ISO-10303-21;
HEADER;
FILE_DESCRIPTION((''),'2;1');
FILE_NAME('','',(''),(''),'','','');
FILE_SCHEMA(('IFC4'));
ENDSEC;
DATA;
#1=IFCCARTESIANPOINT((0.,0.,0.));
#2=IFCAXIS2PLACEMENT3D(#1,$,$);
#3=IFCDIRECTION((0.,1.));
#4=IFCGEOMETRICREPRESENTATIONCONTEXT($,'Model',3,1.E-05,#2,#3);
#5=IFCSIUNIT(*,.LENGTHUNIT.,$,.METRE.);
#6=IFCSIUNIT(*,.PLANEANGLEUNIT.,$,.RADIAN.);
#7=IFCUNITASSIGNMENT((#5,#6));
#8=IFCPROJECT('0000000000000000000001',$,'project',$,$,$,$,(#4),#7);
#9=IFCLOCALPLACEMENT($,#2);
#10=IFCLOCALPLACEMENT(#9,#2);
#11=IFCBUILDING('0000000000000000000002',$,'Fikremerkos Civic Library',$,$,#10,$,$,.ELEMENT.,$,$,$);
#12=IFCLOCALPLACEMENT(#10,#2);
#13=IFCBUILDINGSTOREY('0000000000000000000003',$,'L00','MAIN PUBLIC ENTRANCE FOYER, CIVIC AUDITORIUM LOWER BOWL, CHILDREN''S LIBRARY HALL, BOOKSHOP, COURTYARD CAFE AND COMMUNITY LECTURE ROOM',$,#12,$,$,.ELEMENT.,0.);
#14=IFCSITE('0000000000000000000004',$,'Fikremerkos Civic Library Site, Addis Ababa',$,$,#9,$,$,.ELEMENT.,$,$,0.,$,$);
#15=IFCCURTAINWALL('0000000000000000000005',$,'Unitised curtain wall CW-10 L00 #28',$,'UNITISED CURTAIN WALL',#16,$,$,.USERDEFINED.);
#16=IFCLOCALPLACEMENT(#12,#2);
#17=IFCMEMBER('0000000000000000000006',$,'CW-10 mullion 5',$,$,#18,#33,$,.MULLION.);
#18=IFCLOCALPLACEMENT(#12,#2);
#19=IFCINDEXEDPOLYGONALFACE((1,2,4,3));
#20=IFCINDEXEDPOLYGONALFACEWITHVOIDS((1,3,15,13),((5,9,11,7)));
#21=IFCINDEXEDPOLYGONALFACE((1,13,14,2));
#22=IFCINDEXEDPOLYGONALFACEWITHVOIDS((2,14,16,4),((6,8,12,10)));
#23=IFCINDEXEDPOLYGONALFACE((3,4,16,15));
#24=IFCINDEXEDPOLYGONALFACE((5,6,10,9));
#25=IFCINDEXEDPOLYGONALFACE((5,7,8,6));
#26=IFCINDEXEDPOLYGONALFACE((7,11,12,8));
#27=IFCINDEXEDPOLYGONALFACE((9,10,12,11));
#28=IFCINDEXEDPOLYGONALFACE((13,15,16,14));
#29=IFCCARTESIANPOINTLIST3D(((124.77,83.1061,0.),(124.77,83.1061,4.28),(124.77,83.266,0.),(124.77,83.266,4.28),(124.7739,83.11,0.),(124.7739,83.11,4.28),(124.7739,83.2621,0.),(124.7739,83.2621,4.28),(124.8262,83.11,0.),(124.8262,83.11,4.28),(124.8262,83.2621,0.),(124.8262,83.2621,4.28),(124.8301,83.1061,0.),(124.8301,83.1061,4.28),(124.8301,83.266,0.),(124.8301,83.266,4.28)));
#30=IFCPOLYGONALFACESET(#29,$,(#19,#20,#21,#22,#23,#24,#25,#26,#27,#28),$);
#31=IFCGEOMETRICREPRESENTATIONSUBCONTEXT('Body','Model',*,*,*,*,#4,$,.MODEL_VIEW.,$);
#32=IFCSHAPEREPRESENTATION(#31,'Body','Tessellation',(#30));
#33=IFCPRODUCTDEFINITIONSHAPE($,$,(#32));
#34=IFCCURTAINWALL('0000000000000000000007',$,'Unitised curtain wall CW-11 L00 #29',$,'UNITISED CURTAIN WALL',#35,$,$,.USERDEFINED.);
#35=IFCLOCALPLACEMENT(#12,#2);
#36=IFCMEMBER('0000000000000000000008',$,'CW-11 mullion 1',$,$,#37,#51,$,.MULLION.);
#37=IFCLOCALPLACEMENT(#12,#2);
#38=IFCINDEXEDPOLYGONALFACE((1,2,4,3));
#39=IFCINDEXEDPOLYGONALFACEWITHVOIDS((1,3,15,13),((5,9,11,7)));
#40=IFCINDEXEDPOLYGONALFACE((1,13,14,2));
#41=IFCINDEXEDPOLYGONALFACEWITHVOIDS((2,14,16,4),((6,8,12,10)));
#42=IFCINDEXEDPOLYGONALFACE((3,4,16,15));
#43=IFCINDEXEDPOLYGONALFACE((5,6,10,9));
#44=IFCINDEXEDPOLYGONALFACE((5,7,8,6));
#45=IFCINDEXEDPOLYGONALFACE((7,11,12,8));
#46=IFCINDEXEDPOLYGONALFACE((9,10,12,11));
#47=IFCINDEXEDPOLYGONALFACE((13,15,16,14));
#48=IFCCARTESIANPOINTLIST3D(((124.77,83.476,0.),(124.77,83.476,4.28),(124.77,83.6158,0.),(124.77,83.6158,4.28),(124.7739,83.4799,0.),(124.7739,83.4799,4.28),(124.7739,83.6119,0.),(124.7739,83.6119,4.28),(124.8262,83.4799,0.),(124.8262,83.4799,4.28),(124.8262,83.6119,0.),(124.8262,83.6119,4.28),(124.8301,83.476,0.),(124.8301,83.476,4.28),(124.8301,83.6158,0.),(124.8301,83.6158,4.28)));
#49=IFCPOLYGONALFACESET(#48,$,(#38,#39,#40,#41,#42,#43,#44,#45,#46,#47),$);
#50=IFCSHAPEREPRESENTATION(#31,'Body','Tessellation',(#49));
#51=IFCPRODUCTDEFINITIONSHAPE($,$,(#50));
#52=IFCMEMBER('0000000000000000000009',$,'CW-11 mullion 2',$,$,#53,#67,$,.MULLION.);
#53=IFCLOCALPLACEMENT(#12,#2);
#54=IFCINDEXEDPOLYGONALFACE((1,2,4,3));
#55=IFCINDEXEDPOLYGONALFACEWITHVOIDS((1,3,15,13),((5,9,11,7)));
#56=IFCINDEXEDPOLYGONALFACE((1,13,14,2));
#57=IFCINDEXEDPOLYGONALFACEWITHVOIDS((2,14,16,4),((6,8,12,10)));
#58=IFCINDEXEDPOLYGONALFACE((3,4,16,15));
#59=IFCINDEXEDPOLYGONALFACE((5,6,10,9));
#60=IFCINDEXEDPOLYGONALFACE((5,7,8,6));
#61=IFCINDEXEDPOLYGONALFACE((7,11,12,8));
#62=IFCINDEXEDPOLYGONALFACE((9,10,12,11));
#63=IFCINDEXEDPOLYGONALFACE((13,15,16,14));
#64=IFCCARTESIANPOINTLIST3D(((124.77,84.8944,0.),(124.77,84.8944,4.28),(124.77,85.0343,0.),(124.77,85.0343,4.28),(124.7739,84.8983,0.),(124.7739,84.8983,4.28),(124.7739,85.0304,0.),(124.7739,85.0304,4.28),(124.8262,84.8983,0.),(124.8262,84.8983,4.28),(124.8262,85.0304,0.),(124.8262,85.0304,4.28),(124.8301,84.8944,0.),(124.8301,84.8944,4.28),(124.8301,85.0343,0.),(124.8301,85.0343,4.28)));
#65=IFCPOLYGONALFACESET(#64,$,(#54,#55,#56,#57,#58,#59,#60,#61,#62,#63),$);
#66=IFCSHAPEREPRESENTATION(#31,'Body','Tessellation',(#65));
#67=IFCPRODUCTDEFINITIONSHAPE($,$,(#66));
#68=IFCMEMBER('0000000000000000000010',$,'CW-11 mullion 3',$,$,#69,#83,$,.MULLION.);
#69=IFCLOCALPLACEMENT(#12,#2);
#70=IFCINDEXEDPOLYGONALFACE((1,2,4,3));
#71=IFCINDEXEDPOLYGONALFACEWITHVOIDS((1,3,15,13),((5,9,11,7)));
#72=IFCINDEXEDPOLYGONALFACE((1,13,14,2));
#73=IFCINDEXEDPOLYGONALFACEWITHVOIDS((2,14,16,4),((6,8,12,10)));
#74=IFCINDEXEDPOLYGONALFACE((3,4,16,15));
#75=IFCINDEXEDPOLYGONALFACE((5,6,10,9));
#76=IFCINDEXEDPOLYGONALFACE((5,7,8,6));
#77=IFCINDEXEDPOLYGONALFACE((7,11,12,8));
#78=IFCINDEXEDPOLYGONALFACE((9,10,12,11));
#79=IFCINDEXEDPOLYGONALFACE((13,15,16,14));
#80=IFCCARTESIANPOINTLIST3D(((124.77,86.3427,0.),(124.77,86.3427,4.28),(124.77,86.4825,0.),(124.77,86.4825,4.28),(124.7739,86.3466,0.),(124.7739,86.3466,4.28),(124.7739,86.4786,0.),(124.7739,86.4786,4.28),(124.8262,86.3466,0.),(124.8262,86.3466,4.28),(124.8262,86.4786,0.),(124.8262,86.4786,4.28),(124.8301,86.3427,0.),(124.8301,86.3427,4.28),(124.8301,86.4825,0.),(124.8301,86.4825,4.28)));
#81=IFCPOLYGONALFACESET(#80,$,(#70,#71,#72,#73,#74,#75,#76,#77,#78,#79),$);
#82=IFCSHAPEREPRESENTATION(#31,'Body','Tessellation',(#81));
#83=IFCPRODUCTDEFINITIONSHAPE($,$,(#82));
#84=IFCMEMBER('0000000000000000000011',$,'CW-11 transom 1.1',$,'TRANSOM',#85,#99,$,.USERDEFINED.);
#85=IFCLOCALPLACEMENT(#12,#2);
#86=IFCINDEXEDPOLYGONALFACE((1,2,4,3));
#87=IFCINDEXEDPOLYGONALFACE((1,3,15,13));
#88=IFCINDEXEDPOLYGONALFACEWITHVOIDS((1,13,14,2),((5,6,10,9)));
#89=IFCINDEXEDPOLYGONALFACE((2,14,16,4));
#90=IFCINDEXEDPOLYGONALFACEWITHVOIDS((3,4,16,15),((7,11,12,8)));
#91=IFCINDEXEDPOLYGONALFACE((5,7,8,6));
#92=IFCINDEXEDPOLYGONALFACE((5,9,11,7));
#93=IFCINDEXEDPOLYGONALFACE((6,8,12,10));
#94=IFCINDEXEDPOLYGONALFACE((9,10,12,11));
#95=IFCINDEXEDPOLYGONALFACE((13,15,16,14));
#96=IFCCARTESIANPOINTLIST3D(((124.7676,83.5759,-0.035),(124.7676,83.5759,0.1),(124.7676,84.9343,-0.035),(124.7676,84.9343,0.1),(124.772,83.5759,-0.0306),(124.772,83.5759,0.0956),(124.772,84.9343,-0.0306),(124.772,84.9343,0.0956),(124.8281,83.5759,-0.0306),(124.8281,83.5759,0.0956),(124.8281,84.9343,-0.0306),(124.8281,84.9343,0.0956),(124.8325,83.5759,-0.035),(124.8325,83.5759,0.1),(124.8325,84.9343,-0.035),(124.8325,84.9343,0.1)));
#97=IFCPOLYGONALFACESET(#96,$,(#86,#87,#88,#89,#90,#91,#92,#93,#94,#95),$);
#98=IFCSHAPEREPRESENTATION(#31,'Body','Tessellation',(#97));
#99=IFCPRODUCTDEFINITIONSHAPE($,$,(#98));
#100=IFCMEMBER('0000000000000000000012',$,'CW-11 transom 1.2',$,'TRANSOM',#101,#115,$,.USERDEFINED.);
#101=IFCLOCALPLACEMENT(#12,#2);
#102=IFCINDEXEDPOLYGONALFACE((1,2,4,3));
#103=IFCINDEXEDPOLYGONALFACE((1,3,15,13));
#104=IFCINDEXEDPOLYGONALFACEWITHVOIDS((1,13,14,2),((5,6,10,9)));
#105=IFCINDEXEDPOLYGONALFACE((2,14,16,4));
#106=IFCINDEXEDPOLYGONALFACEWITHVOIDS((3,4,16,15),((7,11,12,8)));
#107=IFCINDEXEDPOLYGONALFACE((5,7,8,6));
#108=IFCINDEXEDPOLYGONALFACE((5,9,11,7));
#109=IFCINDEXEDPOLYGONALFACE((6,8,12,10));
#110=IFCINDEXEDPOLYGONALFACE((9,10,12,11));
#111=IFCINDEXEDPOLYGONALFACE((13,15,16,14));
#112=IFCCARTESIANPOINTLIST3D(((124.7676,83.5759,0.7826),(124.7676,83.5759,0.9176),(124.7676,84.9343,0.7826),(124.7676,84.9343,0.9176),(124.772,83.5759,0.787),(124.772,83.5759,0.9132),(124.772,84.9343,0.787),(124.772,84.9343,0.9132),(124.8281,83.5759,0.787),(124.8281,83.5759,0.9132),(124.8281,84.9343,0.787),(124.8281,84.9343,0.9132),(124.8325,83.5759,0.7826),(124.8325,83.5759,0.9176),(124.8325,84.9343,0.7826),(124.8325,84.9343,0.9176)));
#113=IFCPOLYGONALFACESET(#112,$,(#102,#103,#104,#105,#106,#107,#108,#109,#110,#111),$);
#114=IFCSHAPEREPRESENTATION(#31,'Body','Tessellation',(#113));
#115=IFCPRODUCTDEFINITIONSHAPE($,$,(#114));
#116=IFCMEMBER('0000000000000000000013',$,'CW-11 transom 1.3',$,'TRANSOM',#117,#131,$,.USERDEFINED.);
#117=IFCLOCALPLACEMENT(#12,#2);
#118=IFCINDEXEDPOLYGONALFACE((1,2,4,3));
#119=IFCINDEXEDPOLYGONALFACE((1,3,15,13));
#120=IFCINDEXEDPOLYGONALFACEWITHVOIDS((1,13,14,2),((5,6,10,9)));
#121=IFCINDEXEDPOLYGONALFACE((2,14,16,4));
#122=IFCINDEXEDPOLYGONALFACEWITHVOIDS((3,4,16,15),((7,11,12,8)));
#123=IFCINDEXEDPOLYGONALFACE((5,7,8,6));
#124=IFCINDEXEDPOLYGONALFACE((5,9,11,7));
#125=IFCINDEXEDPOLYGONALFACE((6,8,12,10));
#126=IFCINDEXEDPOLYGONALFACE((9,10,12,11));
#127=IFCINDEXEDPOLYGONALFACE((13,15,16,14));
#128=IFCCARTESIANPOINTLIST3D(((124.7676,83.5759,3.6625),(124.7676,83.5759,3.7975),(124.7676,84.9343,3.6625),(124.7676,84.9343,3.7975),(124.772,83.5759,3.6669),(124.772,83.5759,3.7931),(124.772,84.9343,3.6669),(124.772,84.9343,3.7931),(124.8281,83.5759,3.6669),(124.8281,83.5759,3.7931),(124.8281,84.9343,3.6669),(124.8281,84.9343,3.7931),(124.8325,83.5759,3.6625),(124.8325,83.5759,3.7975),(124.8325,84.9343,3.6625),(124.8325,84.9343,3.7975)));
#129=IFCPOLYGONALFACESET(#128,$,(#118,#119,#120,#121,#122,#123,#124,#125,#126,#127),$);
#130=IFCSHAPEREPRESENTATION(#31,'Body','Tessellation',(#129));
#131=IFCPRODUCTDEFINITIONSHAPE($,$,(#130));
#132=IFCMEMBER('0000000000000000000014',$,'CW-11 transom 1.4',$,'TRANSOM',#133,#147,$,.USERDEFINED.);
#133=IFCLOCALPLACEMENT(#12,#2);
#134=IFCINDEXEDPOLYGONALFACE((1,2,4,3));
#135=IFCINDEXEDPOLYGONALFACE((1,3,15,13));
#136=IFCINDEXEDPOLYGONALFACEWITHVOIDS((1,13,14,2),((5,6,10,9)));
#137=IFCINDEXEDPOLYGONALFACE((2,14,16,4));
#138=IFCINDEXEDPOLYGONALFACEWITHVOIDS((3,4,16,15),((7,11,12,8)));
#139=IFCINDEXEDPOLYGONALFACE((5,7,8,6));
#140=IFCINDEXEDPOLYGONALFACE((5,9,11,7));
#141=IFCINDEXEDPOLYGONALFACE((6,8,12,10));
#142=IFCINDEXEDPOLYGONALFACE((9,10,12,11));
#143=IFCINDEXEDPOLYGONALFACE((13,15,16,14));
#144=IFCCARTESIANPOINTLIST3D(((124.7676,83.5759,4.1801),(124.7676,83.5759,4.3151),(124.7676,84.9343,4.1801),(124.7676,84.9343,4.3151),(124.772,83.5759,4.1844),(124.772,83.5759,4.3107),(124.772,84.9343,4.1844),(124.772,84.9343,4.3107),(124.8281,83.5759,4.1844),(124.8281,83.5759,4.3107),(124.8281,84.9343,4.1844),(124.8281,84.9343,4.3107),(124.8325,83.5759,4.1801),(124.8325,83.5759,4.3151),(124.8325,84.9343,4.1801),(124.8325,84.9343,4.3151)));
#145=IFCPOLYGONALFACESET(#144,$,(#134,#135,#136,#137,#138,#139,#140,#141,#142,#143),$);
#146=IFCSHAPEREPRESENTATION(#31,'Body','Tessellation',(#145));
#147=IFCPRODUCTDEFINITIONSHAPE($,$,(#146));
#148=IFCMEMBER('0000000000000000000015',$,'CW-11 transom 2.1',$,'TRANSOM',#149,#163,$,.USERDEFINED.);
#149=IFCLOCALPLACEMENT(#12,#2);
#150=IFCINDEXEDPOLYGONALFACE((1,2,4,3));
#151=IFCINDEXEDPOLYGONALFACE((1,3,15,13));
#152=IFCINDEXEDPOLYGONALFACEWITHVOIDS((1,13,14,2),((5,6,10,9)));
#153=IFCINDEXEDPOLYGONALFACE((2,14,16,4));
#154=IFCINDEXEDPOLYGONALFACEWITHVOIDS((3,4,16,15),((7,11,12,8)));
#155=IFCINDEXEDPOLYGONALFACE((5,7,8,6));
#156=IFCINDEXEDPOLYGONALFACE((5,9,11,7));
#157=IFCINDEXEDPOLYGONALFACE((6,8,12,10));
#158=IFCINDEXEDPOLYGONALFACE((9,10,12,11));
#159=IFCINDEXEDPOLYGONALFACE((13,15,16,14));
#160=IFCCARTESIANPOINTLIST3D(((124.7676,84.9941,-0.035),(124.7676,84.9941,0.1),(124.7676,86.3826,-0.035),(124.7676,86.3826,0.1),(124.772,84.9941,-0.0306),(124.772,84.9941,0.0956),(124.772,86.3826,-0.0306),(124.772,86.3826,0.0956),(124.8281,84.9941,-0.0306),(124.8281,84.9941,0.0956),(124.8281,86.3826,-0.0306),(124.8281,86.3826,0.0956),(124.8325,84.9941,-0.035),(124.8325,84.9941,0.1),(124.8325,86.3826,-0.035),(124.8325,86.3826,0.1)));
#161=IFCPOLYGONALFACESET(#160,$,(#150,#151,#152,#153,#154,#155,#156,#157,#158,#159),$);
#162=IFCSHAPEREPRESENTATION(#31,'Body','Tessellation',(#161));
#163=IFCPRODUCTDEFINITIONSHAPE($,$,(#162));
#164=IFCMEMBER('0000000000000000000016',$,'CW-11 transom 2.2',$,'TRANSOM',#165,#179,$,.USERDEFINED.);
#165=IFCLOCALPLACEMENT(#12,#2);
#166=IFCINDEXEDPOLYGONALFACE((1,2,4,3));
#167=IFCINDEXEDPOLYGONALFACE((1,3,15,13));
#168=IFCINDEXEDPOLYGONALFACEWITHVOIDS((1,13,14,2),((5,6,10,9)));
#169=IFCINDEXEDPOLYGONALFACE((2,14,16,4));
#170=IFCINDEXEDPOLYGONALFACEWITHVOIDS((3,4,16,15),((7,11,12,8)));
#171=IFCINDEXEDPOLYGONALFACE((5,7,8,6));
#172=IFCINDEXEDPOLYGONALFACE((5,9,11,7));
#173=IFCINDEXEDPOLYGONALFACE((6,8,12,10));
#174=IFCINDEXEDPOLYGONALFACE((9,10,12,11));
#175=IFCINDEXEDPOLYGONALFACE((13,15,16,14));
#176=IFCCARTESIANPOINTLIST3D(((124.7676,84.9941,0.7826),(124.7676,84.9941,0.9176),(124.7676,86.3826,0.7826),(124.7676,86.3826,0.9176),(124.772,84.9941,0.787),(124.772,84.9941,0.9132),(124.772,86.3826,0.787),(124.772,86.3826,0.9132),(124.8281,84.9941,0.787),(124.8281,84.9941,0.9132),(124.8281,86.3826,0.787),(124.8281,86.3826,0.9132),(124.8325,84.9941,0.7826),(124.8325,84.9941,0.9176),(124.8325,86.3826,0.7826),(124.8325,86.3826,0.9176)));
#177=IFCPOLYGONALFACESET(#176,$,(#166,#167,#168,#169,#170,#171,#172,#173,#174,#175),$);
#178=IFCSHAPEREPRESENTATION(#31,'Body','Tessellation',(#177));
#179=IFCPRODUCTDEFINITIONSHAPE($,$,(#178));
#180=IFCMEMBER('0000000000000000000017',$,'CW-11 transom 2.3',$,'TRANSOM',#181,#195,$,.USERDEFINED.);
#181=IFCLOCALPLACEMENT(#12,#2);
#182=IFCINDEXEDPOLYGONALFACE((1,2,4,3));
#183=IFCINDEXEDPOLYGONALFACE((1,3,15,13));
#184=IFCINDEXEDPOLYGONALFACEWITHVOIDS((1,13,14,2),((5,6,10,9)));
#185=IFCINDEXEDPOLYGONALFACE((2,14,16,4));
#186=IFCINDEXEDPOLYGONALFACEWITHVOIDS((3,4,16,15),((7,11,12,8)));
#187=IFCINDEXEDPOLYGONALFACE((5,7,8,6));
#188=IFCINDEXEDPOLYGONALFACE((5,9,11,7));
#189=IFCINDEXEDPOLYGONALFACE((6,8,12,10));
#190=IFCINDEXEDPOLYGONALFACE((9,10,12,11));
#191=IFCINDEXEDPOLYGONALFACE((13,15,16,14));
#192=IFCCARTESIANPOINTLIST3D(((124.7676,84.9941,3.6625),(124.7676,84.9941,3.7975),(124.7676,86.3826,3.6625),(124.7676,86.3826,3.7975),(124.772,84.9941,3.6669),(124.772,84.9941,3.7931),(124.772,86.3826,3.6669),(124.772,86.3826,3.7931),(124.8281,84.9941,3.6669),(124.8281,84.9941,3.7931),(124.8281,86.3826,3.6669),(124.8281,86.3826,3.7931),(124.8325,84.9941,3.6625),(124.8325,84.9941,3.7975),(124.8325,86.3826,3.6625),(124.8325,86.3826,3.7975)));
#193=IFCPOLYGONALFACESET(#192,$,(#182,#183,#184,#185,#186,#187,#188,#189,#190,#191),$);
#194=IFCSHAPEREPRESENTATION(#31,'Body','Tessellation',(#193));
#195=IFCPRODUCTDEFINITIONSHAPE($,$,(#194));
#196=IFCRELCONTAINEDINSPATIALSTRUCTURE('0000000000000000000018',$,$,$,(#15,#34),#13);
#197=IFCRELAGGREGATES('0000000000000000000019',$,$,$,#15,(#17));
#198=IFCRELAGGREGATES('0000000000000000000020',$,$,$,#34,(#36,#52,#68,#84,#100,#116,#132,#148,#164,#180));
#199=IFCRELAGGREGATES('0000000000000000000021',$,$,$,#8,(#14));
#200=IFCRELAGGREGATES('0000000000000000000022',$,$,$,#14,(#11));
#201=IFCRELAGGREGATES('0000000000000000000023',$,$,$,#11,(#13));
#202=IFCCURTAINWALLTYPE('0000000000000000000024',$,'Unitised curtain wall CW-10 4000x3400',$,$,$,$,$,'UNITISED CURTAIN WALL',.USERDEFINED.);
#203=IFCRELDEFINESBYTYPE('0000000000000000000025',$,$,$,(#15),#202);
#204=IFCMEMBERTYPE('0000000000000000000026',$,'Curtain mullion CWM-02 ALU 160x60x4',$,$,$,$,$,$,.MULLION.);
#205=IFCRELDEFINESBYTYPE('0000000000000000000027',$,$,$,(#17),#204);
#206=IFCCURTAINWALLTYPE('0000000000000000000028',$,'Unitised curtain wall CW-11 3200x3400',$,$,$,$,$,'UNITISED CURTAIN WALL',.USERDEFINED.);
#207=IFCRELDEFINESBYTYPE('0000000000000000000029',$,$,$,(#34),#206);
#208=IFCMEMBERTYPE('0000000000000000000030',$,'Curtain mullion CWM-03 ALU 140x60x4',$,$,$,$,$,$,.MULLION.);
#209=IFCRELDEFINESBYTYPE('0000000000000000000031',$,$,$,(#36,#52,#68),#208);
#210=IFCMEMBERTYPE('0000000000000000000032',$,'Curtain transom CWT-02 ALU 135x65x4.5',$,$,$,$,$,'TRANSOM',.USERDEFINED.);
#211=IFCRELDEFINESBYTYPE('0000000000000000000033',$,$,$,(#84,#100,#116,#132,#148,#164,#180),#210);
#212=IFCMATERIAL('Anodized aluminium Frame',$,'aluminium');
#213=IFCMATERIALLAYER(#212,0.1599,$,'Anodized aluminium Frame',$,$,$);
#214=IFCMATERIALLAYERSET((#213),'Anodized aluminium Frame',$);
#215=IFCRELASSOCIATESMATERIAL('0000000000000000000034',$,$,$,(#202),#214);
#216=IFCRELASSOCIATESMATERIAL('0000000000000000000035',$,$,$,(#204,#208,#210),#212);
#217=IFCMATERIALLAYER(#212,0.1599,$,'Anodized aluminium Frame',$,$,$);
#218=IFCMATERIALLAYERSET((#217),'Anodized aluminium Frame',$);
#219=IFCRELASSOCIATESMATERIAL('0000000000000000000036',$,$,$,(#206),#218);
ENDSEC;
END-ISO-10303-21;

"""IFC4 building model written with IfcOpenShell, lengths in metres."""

from ifc_helpers import new_model, si_unit, direction, frame, origin, origin_2d, place, context, subcontext, project, spatial, hollow_rectangle, extrude, material, layer, layer_set, material_profile, profile_set, type_object, element, aggregate, save


model = new_model("IFC4")

# Units and contexts
model_context = context("Model", 3, precision=1e-05, world=origin(), true_north=direction((0.0, 1.0)))
body_context = subcontext(model_context, "Body", "Model", "MODEL_VIEW")
ifc_project = project(units=[si_unit("LENGTHUNIT", "METRE"), si_unit("PLANEANGLEUNIT", "RADIAN")], contexts=[model_context])

# Site, building, storey
site_placement = place(None, origin())
site = spatial("IfcSite", under=ifc_project, at=site_placement, Name="Fikremerkos Civic Library Site, Addis Ababa", CompositionType="ELEMENT", RefElevation=0.0)
building_placement = place(site_placement, origin())
building = spatial("IfcBuilding", under=site, at=building_placement, Name="Fikremerkos Civic Library", CompositionType="ELEMENT")
storey_placement = place(building_placement, origin())
storey = spatial("IfcBuildingStorey", under=building, at=storey_placement, Name="L00", Description="MAIN PUBLIC ENTRANCE FOYER, CIVIC AUDITORIUM LOWER BOWL, CHILDREN'S LIBRARY HALL, BOOKSHOP, COURTYARD CAFE AND COMMUNITY LECTURE ROOM", CompositionType="ELEMENT", Elevation=0.0)

# Curtain wall, member
ifc_material_1 = material(Name="Anodized aluminium Frame", Category="aluminium")
ifc_layer_1 = layer(ifc_material_1, 0.1599, Name="Anodized aluminium Frame")
ifc_layer_set_1 = layer_set([ifc_layer_1], Name="Anodized aluminium Frame")
curtain_wall_type_1 = type_object("IfcCurtainWallType", Name="Unitised curtain wall CW-10 4000x3400", ElementType="UNITISED CURTAIN WALL", PredefinedType="USERDEFINED", material=ifc_layer_set_1)
curtain_wall_1_placement = place(storey_placement, origin())
curtain_wall_1 = element("IfcCurtainWall", 1, at=curtain_wall_1_placement, inside=storey, type_object=curtain_wall_type_1, Name="Unitised curtain wall CW-10 L00 #28", ObjectType="UNITISED CURTAIN WALL", PredefinedType="USERDEFINED")
ifc_material_profile_1 = material_profile(ifc_material_1, hollow_rectangle(XDim=0.0601, YDim=0.1599, WallThickness=0.0039, at=origin_2d()), Name="ALU 160x60x4")
ifc_profile_set_1 = profile_set([ifc_material_profile_1], Name="Anodized aluminium Frame")
member_type_1 = type_object("IfcMemberType", Name="Curtain mullion CWM-02 ALU 160x60x4", PredefinedType="MULLION", material=ifc_profile_set_1)
member_1_placement = place(storey_placement, frame((124.8, 83.186, 0.0), z_axis=(0.0, 0.0, 1.0), x_axis=(-1.0, 0.0, 0.0)))
member_1 = element("IfcMember", 2, at=member_1_placement, type_object=member_type_1, Name="CW-10 mullion 5", PredefinedType="MULLION", context=body_context, shape_type="SweptSolid", body=[
    extrude(hollow_rectangle(XDim=0.0601, YDim=0.1599, WallThickness=0.0039, at=origin_2d()), origin(), (0.0, 0.0, 1.0), 4.28),
])

# Curtain wall, members
ifc_layer_2 = layer(ifc_material_1, 0.1599, Name="Anodized aluminium Frame")
ifc_layer_set_2 = layer_set([ifc_layer_2], Name="Anodized aluminium Frame")
curtain_wall_type_2 = type_object("IfcCurtainWallType", Name="Unitised curtain wall CW-11 3200x3400", ElementType="UNITISED CURTAIN WALL", PredefinedType="USERDEFINED", material=ifc_layer_set_2)
curtain_wall_2_placement = place(storey_placement, origin())
curtain_wall_2 = element("IfcCurtainWall", 3, at=curtain_wall_2_placement, inside=storey, type_object=curtain_wall_type_2, Name="Unitised curtain wall CW-11 L00 #29", ObjectType="UNITISED CURTAIN WALL", PredefinedType="USERDEFINED")
ifc_material_profile_2 = material_profile(ifc_material_1, hollow_rectangle(XDim=0.0601, YDim=0.1399, WallThickness=0.0039, at=origin_2d()), Name="ALU 140x60x4")
ifc_profile_set_2 = profile_set([ifc_material_profile_2], Name="Anodized aluminium Frame")
member_type_2 = type_object("IfcMemberType", Name="Curtain mullion CWM-03 ALU 140x60x4", PredefinedType="MULLION", material=ifc_profile_set_2)
member_2_placement = place(storey_placement, frame((124.8, 83.5459, 0.0), z_axis=(0.0, 0.0, 1.0), x_axis=(-1.0, 0.0, 0.0)))
member_2 = element("IfcMember", 4, at=member_2_placement, type_object=member_type_2, Name="CW-11 mullion 1", PredefinedType="MULLION", context=body_context, shape_type="SweptSolid", body=[
    extrude(hollow_rectangle(XDim=0.0601, YDim=0.1399, WallThickness=0.0039, at=origin_2d()), origin(), (0.0, 0.0, 1.0), 4.28),
])
member_3_placement = place(storey_placement, frame((124.8, 84.9644, 0.0), z_axis=(0.0, 0.0, 1.0), x_axis=(-1.0, 0.0, 0.0)))
member_3 = element("IfcMember", 5, at=member_3_placement, type_object=member_type_2, Name="CW-11 mullion 2", PredefinedType="MULLION", context=body_context, shape_type="SweptSolid", body=[
    extrude(hollow_rectangle(XDim=0.0601, YDim=0.1399, WallThickness=0.0039, at=origin_2d()), origin(), (0.0, 0.0, 1.0), 4.28),
])
member_4_placement = place(storey_placement, frame((124.8, 86.4126, 0.0), z_axis=(0.0, 0.0, 1.0), x_axis=(-1.0, 0.0, 0.0)))
member_4 = element("IfcMember", 6, at=member_4_placement, type_object=member_type_2, Name="CW-11 mullion 3", PredefinedType="MULLION", context=body_context, shape_type="SweptSolid", body=[
    extrude(hollow_rectangle(XDim=0.0601, YDim=0.1399, WallThickness=0.0039, at=origin_2d()), origin(), (0.0, 0.0, 1.0), 4.28),
])
ifc_material_profile_3 = material_profile(ifc_material_1, hollow_rectangle(XDim=0.0649, YDim=0.135, WallThickness=0.0044, at=origin_2d()), Name="ALU 135x65x4.5")
ifc_profile_set_3 = profile_set([ifc_material_profile_3], Name="Anodized aluminium Frame")
member_type_3 = type_object("IfcMemberType", Name="Curtain transom CWT-02 ALU 135x65x4.5", ElementType="TRANSOM", PredefinedType="USERDEFINED", material=ifc_profile_set_3)
member_5_placement = place(storey_placement, frame((124.8, 83.5759, 0.0325), z_axis=(0.0, 1.0, 0.0), x_axis=(-1.0, 0.0, 0.0)))
member_5 = element("IfcMember", 7, at=member_5_placement, type_object=member_type_3, Name="CW-11 transom 1.1", ObjectType="TRANSOM", PredefinedType="USERDEFINED", context=body_context, shape_type="SweptSolid", body=[
    extrude(hollow_rectangle(XDim=0.0649, YDim=0.135, WallThickness=0.0044, at=origin_2d()), origin(), (0.0, 0.0, 1.0), 1.3584),
])
member_6_placement = place(storey_placement, frame((124.8, 83.5759, 0.8501), z_axis=(0.0, 1.0, 0.0), x_axis=(-1.0, 0.0, 0.0)))
member_6 = element("IfcMember", 8, at=member_6_placement, type_object=member_type_3, Name="CW-11 transom 1.2", ObjectType="TRANSOM", PredefinedType="USERDEFINED", context=body_context, shape_type="SweptSolid", body=[
    extrude(hollow_rectangle(XDim=0.0649, YDim=0.135, WallThickness=0.0044, at=origin_2d()), origin(), (0.0, 0.0, 1.0), 1.3584),
])
member_7_placement = place(storey_placement, frame((124.8, 83.5759, 3.73), z_axis=(0.0, 1.0, 0.0), x_axis=(-1.0, 0.0, 0.0)))
member_7 = element("IfcMember", 9, at=member_7_placement, type_object=member_type_3, Name="CW-11 transom 1.3", ObjectType="TRANSOM", PredefinedType="USERDEFINED", context=body_context, shape_type="SweptSolid", body=[
    extrude(hollow_rectangle(XDim=0.0649, YDim=0.135, WallThickness=0.0044, at=origin_2d()), origin(), (0.0, 0.0, 1.0), 1.3584),
])
member_8_placement = place(storey_placement, frame((124.8, 83.5759, 4.2476), z_axis=(0.0, 1.0, 0.0), x_axis=(-1.0, 0.0, 0.0)))
member_8 = element("IfcMember", 10, at=member_8_placement, type_object=member_type_3, Name="CW-11 transom 1.4", ObjectType="TRANSOM", PredefinedType="USERDEFINED", context=body_context, shape_type="SweptSolid", body=[
    extrude(hollow_rectangle(XDim=0.0649, YDim=0.135, WallThickness=0.0044, at=origin_2d()), origin(), (0.0, 0.0, 1.0), 1.3584),
])
member_9_placement = place(storey_placement, frame((124.8, 84.9941, 0.0325), z_axis=(0.0, 1.0, 0.0), x_axis=(-1.0, 0.0, 0.0)))
member_9 = element("IfcMember", 11, at=member_9_placement, type_object=member_type_3, Name="CW-11 transom 2.1", ObjectType="TRANSOM", PredefinedType="USERDEFINED", context=body_context, shape_type="SweptSolid", body=[
    extrude(hollow_rectangle(XDim=0.0649, YDim=0.135, WallThickness=0.0044, at=origin_2d()), origin(), (0.0, 0.0, 1.0), 1.3884),
])
member_10_placement = place(storey_placement, frame((124.8, 84.9941, 0.8501), z_axis=(0.0, 1.0, 0.0), x_axis=(-1.0, 0.0, 0.0)))
member_10 = element("IfcMember", 12, at=member_10_placement, type_object=member_type_3, Name="CW-11 transom 2.2", ObjectType="TRANSOM", PredefinedType="USERDEFINED", context=body_context, shape_type="SweptSolid", body=[
    extrude(hollow_rectangle(XDim=0.0649, YDim=0.135, WallThickness=0.0044, at=origin_2d()), origin(), (0.0, 0.0, 1.0), 1.3884),
])
member_11_placement = place(storey_placement, frame((124.8, 84.9941, 3.73), z_axis=(0.0, 1.0, 0.0), x_axis=(-1.0, 0.0, 0.0)))
member_11 = element("IfcMember", 13, at=member_11_placement, type_object=member_type_3, Name="CW-11 transom 2.3", ObjectType="TRANSOM", PredefinedType="USERDEFINED", context=body_context, shape_type="SweptSolid", body=[
    extrude(hollow_rectangle(XDim=0.0649, YDim=0.135, WallThickness=0.0044, at=origin_2d()), origin(), (0.0, 0.0, 1.0), 1.3884),
])

aggregate(curtain_wall_1, [member_1])
aggregate(curtain_wall_2, [member_2, member_3, member_4, member_5, member_6, member_7, member_8, member_9, member_10, member_11])

save(model, "model.ifc")
